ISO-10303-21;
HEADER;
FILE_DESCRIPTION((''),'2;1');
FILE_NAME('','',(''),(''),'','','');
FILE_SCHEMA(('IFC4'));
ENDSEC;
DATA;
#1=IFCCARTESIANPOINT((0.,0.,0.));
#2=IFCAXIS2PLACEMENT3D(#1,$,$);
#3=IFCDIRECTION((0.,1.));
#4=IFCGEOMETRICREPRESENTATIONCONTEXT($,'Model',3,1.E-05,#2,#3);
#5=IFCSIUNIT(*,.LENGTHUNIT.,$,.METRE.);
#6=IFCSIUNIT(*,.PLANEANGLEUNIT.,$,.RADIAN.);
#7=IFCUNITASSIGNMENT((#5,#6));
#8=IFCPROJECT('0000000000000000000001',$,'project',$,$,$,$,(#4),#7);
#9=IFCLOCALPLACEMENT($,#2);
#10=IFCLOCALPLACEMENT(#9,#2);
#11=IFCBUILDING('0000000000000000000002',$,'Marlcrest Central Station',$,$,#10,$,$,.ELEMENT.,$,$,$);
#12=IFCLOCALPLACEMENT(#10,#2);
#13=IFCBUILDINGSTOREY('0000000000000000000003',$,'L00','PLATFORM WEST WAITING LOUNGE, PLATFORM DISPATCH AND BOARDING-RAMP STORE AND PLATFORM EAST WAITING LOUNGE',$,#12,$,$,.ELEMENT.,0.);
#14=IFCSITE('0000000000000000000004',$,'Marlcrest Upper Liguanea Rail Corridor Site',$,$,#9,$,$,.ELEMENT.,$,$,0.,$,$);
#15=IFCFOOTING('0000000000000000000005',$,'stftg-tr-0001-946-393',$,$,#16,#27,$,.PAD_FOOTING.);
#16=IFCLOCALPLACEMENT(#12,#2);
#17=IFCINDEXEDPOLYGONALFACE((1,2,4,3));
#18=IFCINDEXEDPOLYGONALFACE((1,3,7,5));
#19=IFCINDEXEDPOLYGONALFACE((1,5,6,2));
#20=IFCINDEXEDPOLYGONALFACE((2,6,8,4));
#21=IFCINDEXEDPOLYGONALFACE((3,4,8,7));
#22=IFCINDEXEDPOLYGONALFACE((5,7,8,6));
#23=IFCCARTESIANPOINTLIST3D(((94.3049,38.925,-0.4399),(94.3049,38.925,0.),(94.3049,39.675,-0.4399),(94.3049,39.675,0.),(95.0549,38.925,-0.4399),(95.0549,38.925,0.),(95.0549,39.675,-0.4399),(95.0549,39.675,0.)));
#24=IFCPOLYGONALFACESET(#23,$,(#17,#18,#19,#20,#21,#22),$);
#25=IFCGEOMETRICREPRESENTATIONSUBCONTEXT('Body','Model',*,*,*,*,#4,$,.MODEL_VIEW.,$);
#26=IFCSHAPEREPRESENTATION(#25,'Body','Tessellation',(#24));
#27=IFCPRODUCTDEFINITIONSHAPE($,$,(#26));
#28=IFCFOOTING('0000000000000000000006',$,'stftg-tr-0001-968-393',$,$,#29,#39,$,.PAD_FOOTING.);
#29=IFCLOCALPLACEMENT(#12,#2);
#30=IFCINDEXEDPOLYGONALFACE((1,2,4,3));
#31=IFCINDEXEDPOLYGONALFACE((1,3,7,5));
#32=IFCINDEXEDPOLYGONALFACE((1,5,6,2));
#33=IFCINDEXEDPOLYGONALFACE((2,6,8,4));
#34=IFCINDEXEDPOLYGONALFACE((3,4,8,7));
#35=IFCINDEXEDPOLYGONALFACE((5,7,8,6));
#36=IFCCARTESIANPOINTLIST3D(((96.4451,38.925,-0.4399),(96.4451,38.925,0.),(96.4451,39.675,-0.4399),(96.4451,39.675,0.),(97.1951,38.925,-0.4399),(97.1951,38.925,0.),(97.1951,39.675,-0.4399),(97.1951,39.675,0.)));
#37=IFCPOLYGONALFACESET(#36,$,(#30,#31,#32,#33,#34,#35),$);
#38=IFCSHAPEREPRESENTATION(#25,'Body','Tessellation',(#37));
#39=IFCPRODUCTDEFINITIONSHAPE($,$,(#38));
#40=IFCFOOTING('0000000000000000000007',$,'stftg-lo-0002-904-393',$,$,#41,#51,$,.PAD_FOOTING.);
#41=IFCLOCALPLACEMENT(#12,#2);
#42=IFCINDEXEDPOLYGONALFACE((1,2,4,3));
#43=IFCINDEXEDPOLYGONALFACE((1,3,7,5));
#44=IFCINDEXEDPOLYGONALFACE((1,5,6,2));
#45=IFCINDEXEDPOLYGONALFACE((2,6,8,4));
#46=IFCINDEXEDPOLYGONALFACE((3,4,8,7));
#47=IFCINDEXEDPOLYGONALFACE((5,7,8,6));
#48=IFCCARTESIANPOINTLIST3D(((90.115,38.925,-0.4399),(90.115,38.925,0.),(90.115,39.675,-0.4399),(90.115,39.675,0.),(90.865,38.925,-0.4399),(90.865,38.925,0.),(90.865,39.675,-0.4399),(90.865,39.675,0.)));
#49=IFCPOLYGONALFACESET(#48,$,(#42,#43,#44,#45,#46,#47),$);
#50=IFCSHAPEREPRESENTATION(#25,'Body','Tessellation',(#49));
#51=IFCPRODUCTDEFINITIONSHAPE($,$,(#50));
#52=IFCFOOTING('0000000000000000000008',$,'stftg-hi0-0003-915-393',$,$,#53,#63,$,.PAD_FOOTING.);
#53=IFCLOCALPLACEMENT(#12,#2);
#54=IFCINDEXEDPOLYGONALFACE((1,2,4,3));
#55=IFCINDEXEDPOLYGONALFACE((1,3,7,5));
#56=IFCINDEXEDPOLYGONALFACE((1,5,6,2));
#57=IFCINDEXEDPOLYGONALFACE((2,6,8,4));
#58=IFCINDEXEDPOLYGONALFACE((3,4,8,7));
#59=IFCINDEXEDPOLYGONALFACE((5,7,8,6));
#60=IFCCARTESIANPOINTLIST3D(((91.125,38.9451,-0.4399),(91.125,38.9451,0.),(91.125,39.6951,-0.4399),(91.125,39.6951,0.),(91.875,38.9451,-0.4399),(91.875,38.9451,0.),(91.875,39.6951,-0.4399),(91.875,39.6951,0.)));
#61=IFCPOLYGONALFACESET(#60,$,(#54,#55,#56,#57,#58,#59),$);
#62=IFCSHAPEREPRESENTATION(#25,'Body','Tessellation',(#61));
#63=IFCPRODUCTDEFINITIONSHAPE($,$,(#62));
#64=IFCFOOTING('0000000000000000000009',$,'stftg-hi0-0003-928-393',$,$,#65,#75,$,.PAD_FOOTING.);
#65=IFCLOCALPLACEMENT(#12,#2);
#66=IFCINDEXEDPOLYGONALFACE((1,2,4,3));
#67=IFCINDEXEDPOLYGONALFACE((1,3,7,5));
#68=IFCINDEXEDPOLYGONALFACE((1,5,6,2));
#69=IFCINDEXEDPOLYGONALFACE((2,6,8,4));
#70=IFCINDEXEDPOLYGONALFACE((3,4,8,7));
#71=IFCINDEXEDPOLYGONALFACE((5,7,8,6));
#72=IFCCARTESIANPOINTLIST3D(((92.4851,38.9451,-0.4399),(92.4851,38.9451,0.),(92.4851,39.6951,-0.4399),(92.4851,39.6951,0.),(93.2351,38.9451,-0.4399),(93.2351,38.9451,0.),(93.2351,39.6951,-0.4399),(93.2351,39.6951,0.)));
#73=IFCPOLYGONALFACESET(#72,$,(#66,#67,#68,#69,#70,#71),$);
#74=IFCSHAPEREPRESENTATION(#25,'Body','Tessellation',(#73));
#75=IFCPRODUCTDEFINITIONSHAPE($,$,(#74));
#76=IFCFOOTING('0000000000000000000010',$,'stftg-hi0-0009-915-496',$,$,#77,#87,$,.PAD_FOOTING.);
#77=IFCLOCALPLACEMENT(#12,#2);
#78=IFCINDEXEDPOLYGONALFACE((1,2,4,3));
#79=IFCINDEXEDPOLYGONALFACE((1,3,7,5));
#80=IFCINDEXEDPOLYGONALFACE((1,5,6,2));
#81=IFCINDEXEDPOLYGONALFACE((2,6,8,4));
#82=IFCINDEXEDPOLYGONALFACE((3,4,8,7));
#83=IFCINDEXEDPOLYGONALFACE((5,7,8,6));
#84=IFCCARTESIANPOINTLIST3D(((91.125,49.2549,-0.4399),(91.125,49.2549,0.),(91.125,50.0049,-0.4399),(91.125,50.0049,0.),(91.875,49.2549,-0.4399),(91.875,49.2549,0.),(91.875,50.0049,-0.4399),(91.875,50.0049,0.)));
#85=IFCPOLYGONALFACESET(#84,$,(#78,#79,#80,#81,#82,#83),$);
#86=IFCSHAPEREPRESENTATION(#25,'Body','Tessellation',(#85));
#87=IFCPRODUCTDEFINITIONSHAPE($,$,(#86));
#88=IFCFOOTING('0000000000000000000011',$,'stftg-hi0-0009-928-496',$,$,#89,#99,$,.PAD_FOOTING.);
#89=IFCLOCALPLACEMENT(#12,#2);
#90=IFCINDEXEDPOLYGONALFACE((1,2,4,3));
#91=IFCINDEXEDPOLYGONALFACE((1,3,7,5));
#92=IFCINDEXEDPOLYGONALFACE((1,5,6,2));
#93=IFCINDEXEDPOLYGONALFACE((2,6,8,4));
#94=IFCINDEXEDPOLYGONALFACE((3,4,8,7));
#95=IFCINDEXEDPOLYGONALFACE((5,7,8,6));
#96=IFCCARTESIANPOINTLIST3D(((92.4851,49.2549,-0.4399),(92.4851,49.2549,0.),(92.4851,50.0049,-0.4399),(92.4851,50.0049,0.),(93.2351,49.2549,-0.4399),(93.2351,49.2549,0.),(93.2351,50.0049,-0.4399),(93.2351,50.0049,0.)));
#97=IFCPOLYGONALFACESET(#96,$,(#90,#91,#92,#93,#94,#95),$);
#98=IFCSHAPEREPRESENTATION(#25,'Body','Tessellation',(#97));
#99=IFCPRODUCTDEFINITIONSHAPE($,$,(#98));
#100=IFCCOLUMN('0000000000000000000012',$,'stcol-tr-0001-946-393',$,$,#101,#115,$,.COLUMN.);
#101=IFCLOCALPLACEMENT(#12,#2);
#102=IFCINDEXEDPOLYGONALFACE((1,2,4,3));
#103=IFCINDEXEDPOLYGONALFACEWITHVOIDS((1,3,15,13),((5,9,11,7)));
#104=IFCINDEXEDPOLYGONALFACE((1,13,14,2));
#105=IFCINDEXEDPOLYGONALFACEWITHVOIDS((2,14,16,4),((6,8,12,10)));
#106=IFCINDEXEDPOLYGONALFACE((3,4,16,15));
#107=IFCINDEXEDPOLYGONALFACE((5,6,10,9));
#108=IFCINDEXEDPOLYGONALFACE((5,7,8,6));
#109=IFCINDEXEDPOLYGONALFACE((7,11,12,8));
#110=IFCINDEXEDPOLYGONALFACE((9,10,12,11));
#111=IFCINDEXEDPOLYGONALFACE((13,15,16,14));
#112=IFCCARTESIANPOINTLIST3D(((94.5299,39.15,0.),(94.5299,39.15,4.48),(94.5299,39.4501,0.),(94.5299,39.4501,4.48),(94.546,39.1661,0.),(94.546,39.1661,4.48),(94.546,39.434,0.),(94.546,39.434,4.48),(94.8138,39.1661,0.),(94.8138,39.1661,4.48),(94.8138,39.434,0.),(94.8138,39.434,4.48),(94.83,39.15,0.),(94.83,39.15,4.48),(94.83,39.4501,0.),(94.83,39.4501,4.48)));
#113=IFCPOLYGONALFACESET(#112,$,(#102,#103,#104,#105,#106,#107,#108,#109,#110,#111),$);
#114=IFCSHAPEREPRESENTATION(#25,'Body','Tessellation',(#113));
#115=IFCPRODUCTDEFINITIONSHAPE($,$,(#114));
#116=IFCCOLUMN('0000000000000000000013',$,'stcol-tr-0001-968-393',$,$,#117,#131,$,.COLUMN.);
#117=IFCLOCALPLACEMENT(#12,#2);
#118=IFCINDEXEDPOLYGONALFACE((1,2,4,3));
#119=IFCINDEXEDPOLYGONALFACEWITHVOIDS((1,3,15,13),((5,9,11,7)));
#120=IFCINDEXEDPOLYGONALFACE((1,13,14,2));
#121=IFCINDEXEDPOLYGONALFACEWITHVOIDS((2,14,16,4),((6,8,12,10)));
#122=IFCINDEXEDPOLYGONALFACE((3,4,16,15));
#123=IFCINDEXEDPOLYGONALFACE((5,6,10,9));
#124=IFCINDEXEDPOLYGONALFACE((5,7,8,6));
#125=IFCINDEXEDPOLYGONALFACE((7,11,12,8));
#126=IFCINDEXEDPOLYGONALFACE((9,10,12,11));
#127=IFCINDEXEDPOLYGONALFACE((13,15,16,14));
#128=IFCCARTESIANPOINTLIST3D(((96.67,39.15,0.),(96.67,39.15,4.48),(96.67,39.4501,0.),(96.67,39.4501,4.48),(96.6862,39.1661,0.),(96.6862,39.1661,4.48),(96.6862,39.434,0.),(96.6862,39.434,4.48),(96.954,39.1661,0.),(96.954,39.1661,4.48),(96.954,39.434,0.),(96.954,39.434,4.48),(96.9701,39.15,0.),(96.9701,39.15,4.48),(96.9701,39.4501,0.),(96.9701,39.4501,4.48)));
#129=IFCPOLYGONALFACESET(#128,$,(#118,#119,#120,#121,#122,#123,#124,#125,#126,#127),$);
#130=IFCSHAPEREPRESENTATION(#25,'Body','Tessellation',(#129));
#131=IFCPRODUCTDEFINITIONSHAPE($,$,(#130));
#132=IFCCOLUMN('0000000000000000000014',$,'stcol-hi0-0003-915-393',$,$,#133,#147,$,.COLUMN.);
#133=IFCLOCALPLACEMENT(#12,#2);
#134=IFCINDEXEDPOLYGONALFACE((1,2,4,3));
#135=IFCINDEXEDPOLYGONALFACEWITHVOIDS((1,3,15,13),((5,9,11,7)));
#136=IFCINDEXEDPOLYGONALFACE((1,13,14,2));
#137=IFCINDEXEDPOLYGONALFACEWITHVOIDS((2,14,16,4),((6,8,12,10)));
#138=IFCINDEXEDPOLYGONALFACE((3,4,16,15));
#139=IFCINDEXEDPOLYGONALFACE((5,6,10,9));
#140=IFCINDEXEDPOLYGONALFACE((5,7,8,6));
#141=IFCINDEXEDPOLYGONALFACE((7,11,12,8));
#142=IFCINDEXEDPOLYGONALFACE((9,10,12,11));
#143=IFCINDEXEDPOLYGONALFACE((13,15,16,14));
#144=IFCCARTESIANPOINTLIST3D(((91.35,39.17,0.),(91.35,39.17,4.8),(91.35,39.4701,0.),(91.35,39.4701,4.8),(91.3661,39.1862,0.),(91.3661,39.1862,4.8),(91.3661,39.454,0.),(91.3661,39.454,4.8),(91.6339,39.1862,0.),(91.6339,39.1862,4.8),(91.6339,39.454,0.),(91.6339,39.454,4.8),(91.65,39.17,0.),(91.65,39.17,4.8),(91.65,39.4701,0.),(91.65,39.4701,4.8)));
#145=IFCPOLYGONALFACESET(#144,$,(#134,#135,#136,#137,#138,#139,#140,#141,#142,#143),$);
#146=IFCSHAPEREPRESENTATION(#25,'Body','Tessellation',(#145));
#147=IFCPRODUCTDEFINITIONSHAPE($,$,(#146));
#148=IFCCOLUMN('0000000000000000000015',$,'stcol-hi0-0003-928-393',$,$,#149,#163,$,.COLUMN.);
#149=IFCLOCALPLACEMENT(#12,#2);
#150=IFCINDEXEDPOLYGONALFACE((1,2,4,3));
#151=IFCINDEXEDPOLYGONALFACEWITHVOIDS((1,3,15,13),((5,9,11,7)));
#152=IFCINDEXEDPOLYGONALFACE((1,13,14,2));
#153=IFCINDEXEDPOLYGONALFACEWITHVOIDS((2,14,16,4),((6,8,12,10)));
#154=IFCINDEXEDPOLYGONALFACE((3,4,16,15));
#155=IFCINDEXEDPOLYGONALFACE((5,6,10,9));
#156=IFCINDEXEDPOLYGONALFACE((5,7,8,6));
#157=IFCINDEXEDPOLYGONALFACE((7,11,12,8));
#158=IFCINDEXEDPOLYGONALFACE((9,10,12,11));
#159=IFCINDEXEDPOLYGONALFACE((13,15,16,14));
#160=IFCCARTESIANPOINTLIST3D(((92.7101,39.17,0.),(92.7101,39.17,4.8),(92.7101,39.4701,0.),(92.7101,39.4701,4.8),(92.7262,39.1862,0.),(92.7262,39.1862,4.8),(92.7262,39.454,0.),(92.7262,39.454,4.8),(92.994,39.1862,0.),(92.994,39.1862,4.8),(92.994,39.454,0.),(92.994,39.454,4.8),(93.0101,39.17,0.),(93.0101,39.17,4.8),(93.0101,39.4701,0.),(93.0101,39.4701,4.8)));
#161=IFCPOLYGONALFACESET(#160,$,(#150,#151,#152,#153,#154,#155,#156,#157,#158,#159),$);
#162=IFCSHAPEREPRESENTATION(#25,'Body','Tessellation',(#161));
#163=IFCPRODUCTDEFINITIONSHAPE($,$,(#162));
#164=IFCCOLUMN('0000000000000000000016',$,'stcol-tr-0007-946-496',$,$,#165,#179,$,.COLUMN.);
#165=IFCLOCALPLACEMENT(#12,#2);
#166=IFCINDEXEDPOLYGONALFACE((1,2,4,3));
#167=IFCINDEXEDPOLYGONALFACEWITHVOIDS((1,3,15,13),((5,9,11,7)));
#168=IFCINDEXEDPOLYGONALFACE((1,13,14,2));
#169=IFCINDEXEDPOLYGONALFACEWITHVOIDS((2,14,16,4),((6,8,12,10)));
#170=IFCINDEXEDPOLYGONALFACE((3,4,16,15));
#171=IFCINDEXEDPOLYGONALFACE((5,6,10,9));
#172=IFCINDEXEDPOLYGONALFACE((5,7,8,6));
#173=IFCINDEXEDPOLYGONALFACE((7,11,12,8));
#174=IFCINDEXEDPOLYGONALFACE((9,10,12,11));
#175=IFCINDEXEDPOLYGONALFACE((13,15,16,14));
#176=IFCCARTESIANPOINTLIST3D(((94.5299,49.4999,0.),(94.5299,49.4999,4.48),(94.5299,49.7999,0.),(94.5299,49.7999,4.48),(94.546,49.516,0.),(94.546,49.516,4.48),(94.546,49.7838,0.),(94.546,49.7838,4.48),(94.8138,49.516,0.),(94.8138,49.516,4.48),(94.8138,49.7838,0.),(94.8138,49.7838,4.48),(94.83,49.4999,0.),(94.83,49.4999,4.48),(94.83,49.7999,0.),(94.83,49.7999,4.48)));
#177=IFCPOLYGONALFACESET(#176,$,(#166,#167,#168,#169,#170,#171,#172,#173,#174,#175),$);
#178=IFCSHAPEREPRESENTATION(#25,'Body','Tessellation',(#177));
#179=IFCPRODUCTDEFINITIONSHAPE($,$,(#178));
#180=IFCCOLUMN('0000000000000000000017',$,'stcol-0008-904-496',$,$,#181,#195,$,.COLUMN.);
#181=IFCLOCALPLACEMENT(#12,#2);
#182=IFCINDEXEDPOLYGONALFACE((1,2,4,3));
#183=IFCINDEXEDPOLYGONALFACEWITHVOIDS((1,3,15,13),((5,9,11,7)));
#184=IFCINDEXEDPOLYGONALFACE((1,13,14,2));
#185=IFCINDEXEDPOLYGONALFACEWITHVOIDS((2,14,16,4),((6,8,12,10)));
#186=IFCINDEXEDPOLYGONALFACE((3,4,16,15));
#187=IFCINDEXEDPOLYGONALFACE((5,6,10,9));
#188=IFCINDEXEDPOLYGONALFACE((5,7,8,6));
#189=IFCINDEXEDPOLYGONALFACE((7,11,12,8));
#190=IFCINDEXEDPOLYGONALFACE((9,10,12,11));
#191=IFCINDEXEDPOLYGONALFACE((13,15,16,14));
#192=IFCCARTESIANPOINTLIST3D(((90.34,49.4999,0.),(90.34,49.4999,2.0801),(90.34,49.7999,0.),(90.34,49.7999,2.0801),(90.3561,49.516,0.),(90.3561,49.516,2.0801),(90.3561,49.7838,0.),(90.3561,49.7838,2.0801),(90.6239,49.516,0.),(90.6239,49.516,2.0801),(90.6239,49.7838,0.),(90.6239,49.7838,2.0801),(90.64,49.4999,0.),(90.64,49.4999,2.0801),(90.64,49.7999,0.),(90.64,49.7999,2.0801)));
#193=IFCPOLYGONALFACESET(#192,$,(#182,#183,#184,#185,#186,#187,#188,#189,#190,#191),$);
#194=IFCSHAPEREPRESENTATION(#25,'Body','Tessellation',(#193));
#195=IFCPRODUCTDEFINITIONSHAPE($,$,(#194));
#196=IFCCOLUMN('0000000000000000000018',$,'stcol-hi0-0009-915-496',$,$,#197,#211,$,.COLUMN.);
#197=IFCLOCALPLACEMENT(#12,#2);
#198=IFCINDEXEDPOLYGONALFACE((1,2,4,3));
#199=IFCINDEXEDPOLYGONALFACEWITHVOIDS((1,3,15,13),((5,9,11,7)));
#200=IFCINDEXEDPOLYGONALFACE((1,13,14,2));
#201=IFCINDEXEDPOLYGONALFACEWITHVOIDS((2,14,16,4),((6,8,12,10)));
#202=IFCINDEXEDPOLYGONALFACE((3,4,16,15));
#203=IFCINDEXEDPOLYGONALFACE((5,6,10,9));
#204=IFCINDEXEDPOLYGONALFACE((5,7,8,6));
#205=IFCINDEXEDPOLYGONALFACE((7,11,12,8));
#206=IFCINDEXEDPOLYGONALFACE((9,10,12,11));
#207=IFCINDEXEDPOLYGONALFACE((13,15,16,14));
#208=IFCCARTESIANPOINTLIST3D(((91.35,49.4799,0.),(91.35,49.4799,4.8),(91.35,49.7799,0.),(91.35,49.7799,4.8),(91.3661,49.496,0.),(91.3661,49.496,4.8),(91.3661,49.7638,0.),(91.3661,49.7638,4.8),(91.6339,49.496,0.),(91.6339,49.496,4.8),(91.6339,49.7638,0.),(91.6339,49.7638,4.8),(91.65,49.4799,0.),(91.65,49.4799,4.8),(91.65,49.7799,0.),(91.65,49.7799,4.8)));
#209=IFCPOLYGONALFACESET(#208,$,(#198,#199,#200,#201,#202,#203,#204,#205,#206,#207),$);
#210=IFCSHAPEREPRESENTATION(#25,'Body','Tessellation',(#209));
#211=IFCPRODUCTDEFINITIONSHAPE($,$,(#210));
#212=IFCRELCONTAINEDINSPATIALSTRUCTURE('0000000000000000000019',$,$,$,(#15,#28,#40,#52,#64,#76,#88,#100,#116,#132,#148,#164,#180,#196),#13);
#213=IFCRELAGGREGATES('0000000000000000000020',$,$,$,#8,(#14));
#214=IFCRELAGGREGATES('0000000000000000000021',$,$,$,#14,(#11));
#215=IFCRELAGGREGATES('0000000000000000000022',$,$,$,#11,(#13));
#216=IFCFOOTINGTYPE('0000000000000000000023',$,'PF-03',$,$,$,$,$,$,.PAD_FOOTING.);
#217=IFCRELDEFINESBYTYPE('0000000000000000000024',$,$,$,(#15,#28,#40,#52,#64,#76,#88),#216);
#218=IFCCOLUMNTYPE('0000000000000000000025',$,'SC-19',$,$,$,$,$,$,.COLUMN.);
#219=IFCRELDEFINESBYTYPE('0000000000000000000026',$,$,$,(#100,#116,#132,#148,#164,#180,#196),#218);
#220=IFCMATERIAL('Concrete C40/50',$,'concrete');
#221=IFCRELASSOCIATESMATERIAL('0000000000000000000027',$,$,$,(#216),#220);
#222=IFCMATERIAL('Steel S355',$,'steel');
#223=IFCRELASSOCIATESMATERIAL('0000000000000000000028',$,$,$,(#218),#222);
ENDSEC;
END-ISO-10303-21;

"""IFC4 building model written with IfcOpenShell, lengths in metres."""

from ifc_helpers import new_model, si_unit, direction, frame, origin, origin_2d, place, context, subcontext, project, spatial, rectangle, hollow_rectangle, extrude, material, material_profile, profile_set, type_object, element, save


model = new_model("IFC4")

# Units and contexts
model_context = context("Model", 3, precision=1e-05, world=origin(), true_north=direction((0.0, 1.0)))
body_context = subcontext(model_context, "Body", "Model", "MODEL_VIEW")
ifc_project = project(units=[si_unit("LENGTHUNIT", "METRE"), si_unit("PLANEANGLEUNIT", "RADIAN")], contexts=[model_context])

# Site, building, storey
site_placement = place(None, origin())
site = spatial("IfcSite", under=ifc_project, at=site_placement, Name="Marlcrest Upper Liguanea Rail Corridor Site", CompositionType="ELEMENT", RefElevation=0.0)
building_placement = place(site_placement, origin())
building = spatial("IfcBuilding", under=site, at=building_placement, Name="Marlcrest Central Station", CompositionType="ELEMENT")
storey_placement = place(building_placement, origin())
storey = spatial("IfcBuildingStorey", under=building, at=storey_placement, Name="L00", Description="PLATFORM WEST WAITING LOUNGE, PLATFORM DISPATCH AND BOARDING-RAMP STORE AND PLATFORM EAST WAITING LOUNGE", CompositionType="ELEMENT", Elevation=0.0)

# Footings
ifc_material_1 = material(Name="Concrete C40/50", Category="concrete")
footing_type = type_object("IfcFootingType", Name="PF-03", PredefinedType="PAD_FOOTING", material=ifc_material_1)
for number, where, z_axis, x_axis, name in (
    (1, (94.6799, 39.3, -0.4399), (0.0, 0.0, 1.0), (1.0, 0.0, 0.0), "stftg-tr-0001-946-393"),
    (2, (96.8201, 39.3, -0.4399), (0.0, 0.0, 1.0), (1.0, 0.0, 0.0), "stftg-tr-0001-968-393"),
    (3, (90.49, 39.3, -0.4399), (0.0, 0.0, 1.0), (1.0, 0.0, 0.0), "stftg-lo-0002-904-393"),
    (4, (91.5, 39.3201, -0.4399), (0.0, 0.0, 1.0), (1.0, 0.0, 0.0), "stftg-hi0-0003-915-393"),
    (5, (92.8601, 39.3201, -0.4399), (0.0, 0.0, 1.0), (1.0, 0.0, 0.0), "stftg-hi0-0003-928-393"),
    (6, (91.5, 49.6299, -0.4399), (0.0, 0.0, 1.0), (1.0, 0.0, 0.0), "stftg-hi0-0009-915-496"),
    (7, (92.8601, 49.6299, -0.4399), (0.0, 0.0, 1.0), (1.0, 0.0, 0.0), "stftg-hi0-0009-928-496"),
):
    element("IfcFooting", number, at=place(storey_placement, frame(where, z_axis=z_axis, x_axis=x_axis)), inside=storey, type_object=footing_type, Name=name, PredefinedType="PAD_FOOTING", context=body_context, shape_type="SweptSolid", body=[
        extrude(rectangle(XDim=0.75, YDim=0.75, at=origin_2d()), origin(), (0.0, 0.0, 1.0), 0.4399),
    ])

# Columns
ifc_material_2 = material(Name="Steel S355", Category="steel")
ifc_material_profile = material_profile(ifc_material_2, hollow_rectangle(XDim=0.3, YDim=0.3, WallThickness=0.0161, at=origin_2d()), Name="SHS 300x300x16")
ifc_profile_set = profile_set([ifc_material_profile], Name="Steel S355")
column_type = type_object("IfcColumnType", Name="SC-19", PredefinedType="COLUMN", material=ifc_profile_set)
for number, where, z_axis, x_axis, name in (
    (8, (94.6799, 39.3, 0.0), (0.0, 0.0, 1.0), (1.0, 0.0, 0.0), "stcol-tr-0001-946-393"),
    (9, (96.8201, 39.3, 0.0), (0.0, 0.0, 1.0), (1.0, 0.0, 0.0), "stcol-tr-0001-968-393"),
):
    element("IfcColumn", number, at=place(storey_placement, frame(where, z_axis=z_axis, x_axis=x_axis)), inside=storey, type_object=column_type, Name=name, PredefinedType="COLUMN", context=body_context, shape_type="SweptSolid", body=[
        extrude(hollow_rectangle(XDim=0.3, YDim=0.3, WallThickness=0.0161, at=origin_2d()), origin(), (0.0, 0.0, 1.0), 4.48),
    ])
for number, where, z_axis, x_axis, name in (
    (10, (91.5, 39.3201, 0.0), (0.0, 0.0, 1.0), (1.0, 0.0, 0.0), "stcol-hi0-0003-915-393"),
    (11, (92.8601, 39.3201, 0.0), (0.0, 0.0, 1.0), (1.0, 0.0, 0.0), "stcol-hi0-0003-928-393"),
):
    element("IfcColumn", number, at=place(storey_placement, frame(where, z_axis=z_axis, x_axis=x_axis)), inside=storey, type_object=column_type, Name=name, PredefinedType="COLUMN", context=body_context, shape_type="SweptSolid", body=[
        extrude(hollow_rectangle(XDim=0.3, YDim=0.3, WallThickness=0.0161, at=origin_2d()), origin(), (0.0, 0.0, 1.0), 4.8),
    ])
column_1_placement = place(storey_placement, frame((94.6799, 49.6499, 0.0), z_axis=(0.0, 0.0, 1.0), x_axis=(1.0, 0.0, 0.0)))
element("IfcColumn", 12, at=column_1_placement, inside=storey, type_object=column_type, Name="stcol-tr-0007-946-496", PredefinedType="COLUMN", context=body_context, shape_type="SweptSolid", body=[
    extrude(hollow_rectangle(XDim=0.3, YDim=0.3, WallThickness=0.0161, at=origin_2d()), origin(), (0.0, 0.0, 1.0), 4.48),
])
column_2_placement = place(storey_placement, frame((90.49, 49.6499, 0.0), z_axis=(0.0, 0.0, 1.0), x_axis=(1.0, 0.0, 0.0)))
element("IfcColumn", 13, at=column_2_placement, inside=storey, type_object=column_type, Name="stcol-0008-904-496", PredefinedType="COLUMN", context=body_context, shape_type="SweptSolid", body=[
    extrude(hollow_rectangle(XDim=0.3, YDim=0.3, WallThickness=0.0161, at=origin_2d()), origin(), (0.0, 0.0, 1.0), 2.0801),
])
for number, where, z_axis, x_axis, name in (
    (14, (91.5, 49.6299, 0.0), (0.0, 0.0, 1.0), (1.0, 0.0, 0.0), "stcol-hi0-0009-915-496"),
):
    element("IfcColumn", number, at=place(storey_placement, frame(where, z_axis=z_axis, x_axis=x_axis)), inside=storey, type_object=column_type, Name=name, PredefinedType="COLUMN", context=body_context, shape_type="SweptSolid", body=[
        extrude(hollow_rectangle(XDim=0.3, YDim=0.3, WallThickness=0.0161, at=origin_2d()), origin(), (0.0, 0.0, 1.0), 4.8),
    ])

save(model, "model.ifc")
